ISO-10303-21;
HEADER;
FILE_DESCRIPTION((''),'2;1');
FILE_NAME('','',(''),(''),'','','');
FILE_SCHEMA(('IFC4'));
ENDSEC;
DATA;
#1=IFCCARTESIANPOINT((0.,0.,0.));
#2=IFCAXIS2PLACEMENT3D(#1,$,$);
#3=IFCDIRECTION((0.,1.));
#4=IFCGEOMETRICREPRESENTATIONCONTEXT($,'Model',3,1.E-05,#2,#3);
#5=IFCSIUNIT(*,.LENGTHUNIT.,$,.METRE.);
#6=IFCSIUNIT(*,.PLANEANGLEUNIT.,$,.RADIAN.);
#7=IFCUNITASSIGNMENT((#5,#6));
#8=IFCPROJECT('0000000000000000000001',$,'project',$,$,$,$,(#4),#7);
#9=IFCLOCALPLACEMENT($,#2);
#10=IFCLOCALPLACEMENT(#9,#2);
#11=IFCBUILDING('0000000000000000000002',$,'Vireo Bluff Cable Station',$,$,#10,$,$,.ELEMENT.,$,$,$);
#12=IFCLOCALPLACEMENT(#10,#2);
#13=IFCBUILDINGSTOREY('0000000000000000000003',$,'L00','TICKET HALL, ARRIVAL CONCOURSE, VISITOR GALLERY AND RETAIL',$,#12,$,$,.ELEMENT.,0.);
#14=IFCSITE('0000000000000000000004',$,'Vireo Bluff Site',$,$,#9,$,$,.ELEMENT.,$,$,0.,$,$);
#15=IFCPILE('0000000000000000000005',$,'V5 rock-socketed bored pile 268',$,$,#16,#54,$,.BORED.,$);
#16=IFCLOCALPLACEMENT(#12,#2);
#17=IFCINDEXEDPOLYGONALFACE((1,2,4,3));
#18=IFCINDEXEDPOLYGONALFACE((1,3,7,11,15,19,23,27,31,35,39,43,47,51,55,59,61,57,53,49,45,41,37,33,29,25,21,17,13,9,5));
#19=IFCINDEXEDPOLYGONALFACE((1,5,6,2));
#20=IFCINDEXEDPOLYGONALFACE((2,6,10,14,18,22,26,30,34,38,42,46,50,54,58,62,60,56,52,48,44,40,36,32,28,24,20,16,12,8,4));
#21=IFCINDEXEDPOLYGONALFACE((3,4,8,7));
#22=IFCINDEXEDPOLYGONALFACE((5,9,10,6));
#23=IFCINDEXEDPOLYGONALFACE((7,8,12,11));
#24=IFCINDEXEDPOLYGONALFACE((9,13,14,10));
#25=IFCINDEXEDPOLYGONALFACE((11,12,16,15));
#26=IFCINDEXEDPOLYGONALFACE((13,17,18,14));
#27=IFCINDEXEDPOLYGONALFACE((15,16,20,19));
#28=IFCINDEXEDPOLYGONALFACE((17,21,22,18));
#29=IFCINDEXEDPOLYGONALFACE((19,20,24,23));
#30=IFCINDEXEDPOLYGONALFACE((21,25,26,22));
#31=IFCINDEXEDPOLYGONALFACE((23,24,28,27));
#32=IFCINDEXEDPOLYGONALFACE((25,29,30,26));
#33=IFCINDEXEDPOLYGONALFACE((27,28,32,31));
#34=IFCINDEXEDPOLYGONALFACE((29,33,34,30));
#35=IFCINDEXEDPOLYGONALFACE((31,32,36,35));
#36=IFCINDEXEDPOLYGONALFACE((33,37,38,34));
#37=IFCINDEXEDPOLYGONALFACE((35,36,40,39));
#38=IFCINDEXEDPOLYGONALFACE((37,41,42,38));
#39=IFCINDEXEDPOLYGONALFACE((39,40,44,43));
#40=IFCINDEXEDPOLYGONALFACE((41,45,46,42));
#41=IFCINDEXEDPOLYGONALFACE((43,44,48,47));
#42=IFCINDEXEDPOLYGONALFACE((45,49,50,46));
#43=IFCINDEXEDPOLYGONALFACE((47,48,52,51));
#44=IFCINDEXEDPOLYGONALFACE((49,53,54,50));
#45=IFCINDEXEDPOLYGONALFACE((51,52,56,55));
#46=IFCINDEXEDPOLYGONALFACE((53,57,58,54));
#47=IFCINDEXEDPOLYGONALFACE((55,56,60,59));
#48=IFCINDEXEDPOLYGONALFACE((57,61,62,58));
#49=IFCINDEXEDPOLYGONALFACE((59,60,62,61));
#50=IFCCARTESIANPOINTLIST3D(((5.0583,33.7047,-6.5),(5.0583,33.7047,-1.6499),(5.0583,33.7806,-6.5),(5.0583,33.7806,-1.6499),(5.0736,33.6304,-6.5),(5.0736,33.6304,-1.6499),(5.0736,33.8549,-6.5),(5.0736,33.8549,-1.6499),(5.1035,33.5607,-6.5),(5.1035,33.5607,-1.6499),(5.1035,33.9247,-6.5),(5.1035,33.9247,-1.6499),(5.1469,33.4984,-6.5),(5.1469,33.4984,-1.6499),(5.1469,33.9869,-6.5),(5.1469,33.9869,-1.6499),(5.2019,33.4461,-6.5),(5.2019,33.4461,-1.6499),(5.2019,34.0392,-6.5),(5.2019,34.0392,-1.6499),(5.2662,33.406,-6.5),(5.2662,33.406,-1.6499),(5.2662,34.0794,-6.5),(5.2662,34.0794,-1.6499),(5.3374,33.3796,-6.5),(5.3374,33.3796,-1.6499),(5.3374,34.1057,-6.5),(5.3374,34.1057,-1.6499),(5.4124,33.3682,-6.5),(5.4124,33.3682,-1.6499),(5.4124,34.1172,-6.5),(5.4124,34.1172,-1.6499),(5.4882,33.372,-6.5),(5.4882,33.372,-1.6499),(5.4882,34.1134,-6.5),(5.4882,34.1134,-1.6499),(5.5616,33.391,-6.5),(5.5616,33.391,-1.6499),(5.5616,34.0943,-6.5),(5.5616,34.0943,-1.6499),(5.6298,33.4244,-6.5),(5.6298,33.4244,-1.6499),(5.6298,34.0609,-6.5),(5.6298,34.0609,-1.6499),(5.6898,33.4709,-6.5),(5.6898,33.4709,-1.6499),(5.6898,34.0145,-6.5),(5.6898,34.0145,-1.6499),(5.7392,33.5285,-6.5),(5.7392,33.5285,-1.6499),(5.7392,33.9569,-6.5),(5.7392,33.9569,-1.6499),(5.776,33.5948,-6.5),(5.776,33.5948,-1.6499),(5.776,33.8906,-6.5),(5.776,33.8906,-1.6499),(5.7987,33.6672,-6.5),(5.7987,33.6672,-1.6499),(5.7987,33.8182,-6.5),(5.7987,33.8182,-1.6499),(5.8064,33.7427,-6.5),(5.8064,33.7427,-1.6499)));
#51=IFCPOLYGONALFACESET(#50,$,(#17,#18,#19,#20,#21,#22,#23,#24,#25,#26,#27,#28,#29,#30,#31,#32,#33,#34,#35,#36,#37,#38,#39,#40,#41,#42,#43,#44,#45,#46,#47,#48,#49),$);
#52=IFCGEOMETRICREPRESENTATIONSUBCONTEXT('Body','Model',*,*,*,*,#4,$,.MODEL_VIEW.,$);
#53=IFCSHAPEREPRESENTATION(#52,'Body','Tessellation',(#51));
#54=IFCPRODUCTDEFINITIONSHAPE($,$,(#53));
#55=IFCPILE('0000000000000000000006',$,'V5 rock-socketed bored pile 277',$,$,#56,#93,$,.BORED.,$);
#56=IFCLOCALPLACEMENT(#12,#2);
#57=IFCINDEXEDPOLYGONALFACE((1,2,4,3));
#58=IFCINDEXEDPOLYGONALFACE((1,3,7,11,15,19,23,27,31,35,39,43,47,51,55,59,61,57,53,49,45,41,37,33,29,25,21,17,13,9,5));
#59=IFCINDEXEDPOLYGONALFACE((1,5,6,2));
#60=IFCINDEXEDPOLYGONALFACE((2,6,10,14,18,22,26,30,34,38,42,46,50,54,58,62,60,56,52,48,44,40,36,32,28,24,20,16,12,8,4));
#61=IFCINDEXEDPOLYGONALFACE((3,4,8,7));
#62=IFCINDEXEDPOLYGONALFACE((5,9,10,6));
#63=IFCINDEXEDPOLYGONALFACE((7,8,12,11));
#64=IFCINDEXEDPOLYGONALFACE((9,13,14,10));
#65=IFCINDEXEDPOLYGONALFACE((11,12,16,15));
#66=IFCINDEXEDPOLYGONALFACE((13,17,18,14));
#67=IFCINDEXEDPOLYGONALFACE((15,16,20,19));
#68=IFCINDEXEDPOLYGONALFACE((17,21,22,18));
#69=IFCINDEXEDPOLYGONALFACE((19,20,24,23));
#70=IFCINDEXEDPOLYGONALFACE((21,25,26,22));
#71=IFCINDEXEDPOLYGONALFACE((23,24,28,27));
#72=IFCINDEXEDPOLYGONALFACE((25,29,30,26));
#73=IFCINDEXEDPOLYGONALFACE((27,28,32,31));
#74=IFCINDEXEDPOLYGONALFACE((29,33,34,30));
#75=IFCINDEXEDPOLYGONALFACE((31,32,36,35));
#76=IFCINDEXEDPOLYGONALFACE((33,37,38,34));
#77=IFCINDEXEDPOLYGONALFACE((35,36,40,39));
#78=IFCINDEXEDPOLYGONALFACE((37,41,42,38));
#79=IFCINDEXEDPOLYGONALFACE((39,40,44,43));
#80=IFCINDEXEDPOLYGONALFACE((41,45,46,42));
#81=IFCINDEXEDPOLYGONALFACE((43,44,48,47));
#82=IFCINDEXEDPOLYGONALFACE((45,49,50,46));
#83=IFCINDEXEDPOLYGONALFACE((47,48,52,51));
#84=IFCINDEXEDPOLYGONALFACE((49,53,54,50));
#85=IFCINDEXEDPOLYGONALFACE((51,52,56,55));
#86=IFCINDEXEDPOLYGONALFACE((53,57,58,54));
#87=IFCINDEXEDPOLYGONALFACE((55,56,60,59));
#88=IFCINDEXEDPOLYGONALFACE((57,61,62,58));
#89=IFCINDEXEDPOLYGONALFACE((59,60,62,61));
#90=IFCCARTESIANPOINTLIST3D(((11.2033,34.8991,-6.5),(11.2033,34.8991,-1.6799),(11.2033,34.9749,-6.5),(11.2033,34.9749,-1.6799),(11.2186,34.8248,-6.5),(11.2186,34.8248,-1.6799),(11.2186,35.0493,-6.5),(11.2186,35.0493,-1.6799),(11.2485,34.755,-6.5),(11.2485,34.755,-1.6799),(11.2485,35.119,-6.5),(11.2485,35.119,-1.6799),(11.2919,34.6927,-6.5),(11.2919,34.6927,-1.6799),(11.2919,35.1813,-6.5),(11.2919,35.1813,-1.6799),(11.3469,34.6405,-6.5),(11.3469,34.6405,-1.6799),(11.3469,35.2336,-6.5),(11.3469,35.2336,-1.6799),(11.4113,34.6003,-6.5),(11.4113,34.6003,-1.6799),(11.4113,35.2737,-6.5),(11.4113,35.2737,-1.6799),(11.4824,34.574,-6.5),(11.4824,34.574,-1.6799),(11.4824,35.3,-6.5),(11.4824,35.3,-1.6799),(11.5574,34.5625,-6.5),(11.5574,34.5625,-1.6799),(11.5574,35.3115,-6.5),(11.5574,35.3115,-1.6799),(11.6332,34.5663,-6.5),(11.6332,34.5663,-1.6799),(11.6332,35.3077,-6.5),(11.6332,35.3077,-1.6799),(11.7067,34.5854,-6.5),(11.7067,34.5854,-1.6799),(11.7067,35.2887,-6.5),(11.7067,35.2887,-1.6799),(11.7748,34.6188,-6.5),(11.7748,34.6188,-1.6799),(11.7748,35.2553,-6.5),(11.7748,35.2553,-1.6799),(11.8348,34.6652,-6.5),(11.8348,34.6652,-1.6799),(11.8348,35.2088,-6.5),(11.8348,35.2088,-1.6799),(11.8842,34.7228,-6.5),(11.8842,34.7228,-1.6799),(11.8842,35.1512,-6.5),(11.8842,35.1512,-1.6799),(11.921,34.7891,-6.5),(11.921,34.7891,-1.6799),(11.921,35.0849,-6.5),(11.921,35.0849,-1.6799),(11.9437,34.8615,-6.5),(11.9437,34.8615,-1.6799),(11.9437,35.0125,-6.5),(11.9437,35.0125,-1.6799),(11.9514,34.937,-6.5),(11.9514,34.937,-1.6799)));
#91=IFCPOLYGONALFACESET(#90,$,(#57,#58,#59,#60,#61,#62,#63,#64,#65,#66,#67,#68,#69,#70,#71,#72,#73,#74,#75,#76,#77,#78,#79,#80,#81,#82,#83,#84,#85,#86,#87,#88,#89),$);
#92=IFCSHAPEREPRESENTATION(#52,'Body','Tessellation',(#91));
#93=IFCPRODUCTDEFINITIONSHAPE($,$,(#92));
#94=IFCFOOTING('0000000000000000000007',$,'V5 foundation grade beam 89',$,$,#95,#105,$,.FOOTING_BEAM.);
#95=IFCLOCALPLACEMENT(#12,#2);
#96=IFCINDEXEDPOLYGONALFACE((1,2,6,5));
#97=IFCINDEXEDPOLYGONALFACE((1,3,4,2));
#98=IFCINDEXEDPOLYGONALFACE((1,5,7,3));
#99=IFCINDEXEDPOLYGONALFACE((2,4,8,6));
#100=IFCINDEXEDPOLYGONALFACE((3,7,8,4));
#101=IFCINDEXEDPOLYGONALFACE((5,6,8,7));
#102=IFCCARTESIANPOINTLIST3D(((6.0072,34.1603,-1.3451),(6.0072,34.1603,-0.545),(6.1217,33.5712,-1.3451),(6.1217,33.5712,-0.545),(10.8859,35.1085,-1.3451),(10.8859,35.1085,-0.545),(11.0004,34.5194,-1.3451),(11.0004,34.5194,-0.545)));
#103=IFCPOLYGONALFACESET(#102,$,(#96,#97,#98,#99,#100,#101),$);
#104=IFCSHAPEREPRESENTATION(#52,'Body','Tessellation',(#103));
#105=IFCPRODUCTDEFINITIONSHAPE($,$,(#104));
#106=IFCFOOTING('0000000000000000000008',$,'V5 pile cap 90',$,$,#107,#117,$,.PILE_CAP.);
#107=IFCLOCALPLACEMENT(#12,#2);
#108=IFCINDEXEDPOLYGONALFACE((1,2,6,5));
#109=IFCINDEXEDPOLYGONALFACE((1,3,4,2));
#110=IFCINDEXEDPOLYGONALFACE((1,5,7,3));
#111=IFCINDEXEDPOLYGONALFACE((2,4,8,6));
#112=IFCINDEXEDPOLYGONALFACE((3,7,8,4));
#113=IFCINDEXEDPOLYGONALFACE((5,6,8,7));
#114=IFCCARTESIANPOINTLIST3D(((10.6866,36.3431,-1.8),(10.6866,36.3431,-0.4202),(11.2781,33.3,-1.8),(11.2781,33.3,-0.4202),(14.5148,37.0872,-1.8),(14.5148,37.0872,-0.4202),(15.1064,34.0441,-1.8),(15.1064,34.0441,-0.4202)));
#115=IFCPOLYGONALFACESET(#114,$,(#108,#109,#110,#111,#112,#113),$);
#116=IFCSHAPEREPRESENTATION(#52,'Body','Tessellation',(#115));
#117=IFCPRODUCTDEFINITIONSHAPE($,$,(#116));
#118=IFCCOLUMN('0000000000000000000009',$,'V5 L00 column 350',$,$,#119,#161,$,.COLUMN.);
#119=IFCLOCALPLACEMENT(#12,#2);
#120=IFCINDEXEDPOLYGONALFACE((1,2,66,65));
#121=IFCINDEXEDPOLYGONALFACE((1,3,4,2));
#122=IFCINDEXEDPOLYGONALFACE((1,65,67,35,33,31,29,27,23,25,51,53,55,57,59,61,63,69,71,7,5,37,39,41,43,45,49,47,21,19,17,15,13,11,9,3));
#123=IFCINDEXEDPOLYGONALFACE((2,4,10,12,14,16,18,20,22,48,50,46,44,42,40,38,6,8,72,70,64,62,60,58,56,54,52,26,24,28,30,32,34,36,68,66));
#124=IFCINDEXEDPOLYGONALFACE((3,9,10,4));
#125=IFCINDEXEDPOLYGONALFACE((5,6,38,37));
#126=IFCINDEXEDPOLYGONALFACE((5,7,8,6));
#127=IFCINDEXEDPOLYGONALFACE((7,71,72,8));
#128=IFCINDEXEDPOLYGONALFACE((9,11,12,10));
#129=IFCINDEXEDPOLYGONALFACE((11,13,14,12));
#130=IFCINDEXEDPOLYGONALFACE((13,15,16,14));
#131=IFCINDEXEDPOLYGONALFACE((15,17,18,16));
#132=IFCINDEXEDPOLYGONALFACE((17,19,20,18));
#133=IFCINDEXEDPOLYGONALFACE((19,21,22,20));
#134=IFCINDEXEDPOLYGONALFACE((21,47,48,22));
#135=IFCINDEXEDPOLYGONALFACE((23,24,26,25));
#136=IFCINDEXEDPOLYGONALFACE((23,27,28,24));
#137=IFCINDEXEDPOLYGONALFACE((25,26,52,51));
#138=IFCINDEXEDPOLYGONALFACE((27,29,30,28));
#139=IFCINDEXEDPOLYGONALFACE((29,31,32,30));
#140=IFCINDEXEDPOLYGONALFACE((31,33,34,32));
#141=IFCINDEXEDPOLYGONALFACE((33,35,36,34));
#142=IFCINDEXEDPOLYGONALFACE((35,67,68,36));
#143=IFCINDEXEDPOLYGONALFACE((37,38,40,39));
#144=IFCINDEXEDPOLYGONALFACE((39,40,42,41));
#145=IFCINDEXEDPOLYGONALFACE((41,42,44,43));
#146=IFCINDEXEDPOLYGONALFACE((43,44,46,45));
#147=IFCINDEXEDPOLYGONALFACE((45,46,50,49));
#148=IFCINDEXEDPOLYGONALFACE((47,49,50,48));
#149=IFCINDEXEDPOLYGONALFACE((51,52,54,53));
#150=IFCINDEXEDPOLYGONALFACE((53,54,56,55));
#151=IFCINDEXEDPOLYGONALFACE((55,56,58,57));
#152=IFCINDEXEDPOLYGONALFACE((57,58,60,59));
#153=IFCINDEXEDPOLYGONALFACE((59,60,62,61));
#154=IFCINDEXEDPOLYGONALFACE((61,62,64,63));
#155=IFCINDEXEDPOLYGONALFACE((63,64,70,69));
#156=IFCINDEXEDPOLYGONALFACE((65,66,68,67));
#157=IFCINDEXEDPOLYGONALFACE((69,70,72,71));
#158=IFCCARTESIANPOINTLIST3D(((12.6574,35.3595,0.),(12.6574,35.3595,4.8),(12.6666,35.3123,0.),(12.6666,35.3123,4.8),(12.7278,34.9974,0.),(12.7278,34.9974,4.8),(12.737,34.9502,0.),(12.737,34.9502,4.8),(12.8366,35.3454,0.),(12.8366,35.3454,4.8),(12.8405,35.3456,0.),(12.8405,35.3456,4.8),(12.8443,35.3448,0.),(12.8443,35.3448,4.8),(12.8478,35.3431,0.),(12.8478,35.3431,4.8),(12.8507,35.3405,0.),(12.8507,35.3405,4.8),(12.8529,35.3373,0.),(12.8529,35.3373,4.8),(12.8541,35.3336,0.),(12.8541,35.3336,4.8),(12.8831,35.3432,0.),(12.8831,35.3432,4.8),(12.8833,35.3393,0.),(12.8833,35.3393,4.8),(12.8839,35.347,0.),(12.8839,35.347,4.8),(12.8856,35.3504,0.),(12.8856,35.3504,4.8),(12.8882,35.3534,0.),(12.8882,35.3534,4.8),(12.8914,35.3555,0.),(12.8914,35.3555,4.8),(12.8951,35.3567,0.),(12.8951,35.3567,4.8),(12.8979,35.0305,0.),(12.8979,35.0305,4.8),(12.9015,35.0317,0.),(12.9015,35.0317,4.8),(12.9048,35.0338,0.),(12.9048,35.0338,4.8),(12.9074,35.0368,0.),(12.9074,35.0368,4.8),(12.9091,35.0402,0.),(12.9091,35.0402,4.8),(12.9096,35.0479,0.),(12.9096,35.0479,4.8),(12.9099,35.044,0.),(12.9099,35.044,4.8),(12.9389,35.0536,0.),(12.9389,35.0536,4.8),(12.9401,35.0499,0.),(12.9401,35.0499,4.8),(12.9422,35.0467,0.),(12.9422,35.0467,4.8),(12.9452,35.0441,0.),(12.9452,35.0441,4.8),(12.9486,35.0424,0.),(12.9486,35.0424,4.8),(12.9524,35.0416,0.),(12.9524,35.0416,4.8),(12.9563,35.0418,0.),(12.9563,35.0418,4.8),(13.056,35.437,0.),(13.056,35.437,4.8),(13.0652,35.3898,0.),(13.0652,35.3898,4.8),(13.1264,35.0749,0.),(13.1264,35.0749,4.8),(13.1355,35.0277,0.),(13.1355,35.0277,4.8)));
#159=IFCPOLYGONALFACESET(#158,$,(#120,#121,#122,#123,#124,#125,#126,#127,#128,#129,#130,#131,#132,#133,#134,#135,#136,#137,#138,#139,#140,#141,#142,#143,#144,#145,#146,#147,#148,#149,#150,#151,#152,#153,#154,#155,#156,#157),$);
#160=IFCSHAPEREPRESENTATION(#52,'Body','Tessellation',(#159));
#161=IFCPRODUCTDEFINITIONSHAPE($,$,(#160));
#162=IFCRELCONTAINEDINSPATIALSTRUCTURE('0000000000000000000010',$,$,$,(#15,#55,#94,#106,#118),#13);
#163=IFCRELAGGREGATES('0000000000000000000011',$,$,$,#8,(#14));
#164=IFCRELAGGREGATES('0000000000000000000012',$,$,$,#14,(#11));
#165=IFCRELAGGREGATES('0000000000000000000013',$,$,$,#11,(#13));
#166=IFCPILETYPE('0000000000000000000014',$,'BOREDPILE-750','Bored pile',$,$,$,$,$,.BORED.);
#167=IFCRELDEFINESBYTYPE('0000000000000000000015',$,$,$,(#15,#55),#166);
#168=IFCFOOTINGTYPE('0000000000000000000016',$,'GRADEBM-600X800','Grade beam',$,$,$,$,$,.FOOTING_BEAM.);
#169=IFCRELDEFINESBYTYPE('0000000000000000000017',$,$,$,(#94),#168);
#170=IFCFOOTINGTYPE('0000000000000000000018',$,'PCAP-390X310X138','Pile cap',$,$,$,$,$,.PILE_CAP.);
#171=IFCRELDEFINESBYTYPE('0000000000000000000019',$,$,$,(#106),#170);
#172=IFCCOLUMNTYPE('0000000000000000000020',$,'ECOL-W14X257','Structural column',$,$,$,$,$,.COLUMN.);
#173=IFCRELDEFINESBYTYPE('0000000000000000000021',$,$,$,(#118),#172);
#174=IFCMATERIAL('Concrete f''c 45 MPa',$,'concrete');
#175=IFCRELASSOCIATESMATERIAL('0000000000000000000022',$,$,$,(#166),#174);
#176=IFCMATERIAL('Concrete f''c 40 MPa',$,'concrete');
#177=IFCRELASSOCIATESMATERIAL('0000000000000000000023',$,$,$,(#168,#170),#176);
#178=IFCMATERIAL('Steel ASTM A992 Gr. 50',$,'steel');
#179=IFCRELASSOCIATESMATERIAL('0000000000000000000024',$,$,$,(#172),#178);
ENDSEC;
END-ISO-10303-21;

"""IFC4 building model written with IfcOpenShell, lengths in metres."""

from ifc_helpers import new_model, si_unit, direction, frame, origin, origin_2d, place, context, subcontext, project, spatial, rectangle, circle, i_section, extrude, material, material_profile, profile_set, type_object, element, save


model = new_model("IFC4")

# Units and contexts
model_context = context("Model", 3, precision=1e-05, world=origin(), true_north=direction((0.0, 1.0)))
body_context = subcontext(model_context, "Body", "Model", "MODEL_VIEW")
ifc_project = project(units=[si_unit("LENGTHUNIT", "METRE"), si_unit("PLANEANGLEUNIT", "RADIAN")], contexts=[model_context])

# Site, building, storey
site_placement = place(None, origin())
site = spatial("IfcSite", under=ifc_project, at=site_placement, Name="Vireo Bluff Site", CompositionType="ELEMENT", RefElevation=0.0)
building_placement = place(site_placement, origin())
building = spatial("IfcBuilding", under=site, at=building_placement, Name="Vireo Bluff Cable Station", CompositionType="ELEMENT")
storey_placement = place(building_placement, origin())
storey = spatial("IfcBuildingStorey", under=building, at=storey_placement, Name="L00", Description="TICKET HALL, ARRIVAL CONCOURSE, VISITOR GALLERY AND RETAIL", CompositionType="ELEMENT", Elevation=0.0)

# Piles
ifc_material_1 = material(Name="Concrete f'c 45 MPa", Category="concrete")
ifc_material_profile_1 = material_profile(ifc_material_1, circle(Radius=0.375, at=origin_2d()), Name="BOREDPILE-750")
ifc_profile_set_1 = profile_set([ifc_material_profile_1], Name="Concrete f'c 45 MPa")
pile_type = type_object("IfcPileType", Name="BOREDPILE-750", Description="Bored pile", PredefinedType="BORED", material=ifc_profile_set_1)
pile_1_placement = place(storey_placement, frame((5.4314, 33.7427, -1.6499), z_axis=(0.0, 0.0, -1.0), x_axis=(1.0, 0.0, 0.0)))
element("IfcPile", 1, at=pile_1_placement, inside=storey, type_object=pile_type, Name="V5 rock-socketed bored pile 268", PredefinedType="BORED", context=body_context, shape_type="SweptSolid", body=[
    extrude(circle(Radius=0.375, at=origin_2d()), origin(), (0.0, 0.0, 1.0), 4.8501),
])
pile_2_placement = place(storey_placement, frame((11.5764, 34.937, -1.6799), z_axis=(0.0, 0.0, -1.0), x_axis=(1.0, 0.0, 0.0)))
element("IfcPile", 2, at=pile_2_placement, inside=storey, type_object=pile_type, Name="V5 rock-socketed bored pile 277", PredefinedType="BORED", context=body_context, shape_type="SweptSolid", body=[
    extrude(circle(Radius=0.375, at=origin_2d()), origin(), (0.0, 0.0, 1.0), 4.8201),
])

# Footings
ifc_material_2 = material(Name="Concrete f'c 40 MPa", Category="concrete")
ifc_material_profile_2 = material_profile(ifc_material_2, rectangle(XDim=0.6001, YDim=0.8, at=origin_2d()), Name="GRADEBM-600X800")
ifc_profile_set_2 = profile_set([ifc_material_profile_2], Name="Concrete f'c 40 MPa")
footing_type_1 = type_object("IfcFootingType", Name="GRADEBM-600X800", Description="Grade beam", PredefinedType="FOOTING_BEAM", material=ifc_profile_set_2)
footing_1_placement = place(storey_placement, frame((6.0645, 33.8657, -0.9451), z_axis=(0.98163, 0.190795, 0.0), x_axis=(-0.190795, 0.98163, 0.0)))
element("IfcFooting", 3, at=footing_1_placement, inside=storey, type_object=footing_type_1, Name="V5 foundation grade beam 89", PredefinedType="FOOTING_BEAM", context=body_context, shape_type="SweptSolid", body=[
    extrude(rectangle(XDim=0.6001, YDim=0.8, at=origin_2d()), origin(), (0.0, 0.0, 1.0), 4.97),
])
footing_type_2 = type_object("IfcFootingType", Name="PCAP-390X310X138", Description="Pile cap", PredefinedType="PILE_CAP", material=ifc_material_2)
footing_2_placement = place(storey_placement, frame((12.8965, 35.1936, -1.8), z_axis=(0.0, 0.0, 1.0), x_axis=(0.981627, 0.190809, 0.0)))
element("IfcFooting", 4, at=footing_2_placement, inside=storey, type_object=footing_type_2, Name="V5 pile cap 90", PredefinedType="PILE_CAP", context=body_context, shape_type="SweptSolid", body=[
    extrude(rectangle(XDim=3.8999, YDim=3.1001, at=origin_2d()), origin(), (0.0, 0.0, 1.0), 1.3799),
])

# Column
ifc_material_3 = material(Name="Steel ASTM A992 Gr. 50", Category="steel")
ifc_material_profile_3 = material_profile(ifc_material_3, i_section(OverallWidth=0.406, OverallDepth=0.417, WebThickness=0.0298, FlangeThickness=0.0481, FilletRadius=0.0149, at=origin_2d()), Name="W14X257")
ifc_profile_set_3 = profile_set([ifc_material_profile_3], Name="Steel ASTM A992 Gr. 50")
column_type = type_object("IfcColumnType", Name="ECOL-W14X257", Description="Structural column", PredefinedType="COLUMN", material=ifc_profile_set_3)
column_placement = place(storey_placement, frame((12.8965, 35.1936, 0.0), z_axis=(0.0, 0.0, 1.0), x_axis=(0.981627, 0.190809, 0.0)))
element("IfcColumn", 5, at=column_placement, inside=storey, type_object=column_type, Name="V5 L00 column 350", PredefinedType="COLUMN", context=body_context, shape_type="SweptSolid", body=[
    extrude(i_section(OverallWidth=0.406, OverallDepth=0.417, WebThickness=0.0298, FlangeThickness=0.0481, FilletRadius=0.0149, at=origin_2d()), origin(), (0.0, 0.0, 1.0), 4.8),
])

save(model, "model.ifc")
